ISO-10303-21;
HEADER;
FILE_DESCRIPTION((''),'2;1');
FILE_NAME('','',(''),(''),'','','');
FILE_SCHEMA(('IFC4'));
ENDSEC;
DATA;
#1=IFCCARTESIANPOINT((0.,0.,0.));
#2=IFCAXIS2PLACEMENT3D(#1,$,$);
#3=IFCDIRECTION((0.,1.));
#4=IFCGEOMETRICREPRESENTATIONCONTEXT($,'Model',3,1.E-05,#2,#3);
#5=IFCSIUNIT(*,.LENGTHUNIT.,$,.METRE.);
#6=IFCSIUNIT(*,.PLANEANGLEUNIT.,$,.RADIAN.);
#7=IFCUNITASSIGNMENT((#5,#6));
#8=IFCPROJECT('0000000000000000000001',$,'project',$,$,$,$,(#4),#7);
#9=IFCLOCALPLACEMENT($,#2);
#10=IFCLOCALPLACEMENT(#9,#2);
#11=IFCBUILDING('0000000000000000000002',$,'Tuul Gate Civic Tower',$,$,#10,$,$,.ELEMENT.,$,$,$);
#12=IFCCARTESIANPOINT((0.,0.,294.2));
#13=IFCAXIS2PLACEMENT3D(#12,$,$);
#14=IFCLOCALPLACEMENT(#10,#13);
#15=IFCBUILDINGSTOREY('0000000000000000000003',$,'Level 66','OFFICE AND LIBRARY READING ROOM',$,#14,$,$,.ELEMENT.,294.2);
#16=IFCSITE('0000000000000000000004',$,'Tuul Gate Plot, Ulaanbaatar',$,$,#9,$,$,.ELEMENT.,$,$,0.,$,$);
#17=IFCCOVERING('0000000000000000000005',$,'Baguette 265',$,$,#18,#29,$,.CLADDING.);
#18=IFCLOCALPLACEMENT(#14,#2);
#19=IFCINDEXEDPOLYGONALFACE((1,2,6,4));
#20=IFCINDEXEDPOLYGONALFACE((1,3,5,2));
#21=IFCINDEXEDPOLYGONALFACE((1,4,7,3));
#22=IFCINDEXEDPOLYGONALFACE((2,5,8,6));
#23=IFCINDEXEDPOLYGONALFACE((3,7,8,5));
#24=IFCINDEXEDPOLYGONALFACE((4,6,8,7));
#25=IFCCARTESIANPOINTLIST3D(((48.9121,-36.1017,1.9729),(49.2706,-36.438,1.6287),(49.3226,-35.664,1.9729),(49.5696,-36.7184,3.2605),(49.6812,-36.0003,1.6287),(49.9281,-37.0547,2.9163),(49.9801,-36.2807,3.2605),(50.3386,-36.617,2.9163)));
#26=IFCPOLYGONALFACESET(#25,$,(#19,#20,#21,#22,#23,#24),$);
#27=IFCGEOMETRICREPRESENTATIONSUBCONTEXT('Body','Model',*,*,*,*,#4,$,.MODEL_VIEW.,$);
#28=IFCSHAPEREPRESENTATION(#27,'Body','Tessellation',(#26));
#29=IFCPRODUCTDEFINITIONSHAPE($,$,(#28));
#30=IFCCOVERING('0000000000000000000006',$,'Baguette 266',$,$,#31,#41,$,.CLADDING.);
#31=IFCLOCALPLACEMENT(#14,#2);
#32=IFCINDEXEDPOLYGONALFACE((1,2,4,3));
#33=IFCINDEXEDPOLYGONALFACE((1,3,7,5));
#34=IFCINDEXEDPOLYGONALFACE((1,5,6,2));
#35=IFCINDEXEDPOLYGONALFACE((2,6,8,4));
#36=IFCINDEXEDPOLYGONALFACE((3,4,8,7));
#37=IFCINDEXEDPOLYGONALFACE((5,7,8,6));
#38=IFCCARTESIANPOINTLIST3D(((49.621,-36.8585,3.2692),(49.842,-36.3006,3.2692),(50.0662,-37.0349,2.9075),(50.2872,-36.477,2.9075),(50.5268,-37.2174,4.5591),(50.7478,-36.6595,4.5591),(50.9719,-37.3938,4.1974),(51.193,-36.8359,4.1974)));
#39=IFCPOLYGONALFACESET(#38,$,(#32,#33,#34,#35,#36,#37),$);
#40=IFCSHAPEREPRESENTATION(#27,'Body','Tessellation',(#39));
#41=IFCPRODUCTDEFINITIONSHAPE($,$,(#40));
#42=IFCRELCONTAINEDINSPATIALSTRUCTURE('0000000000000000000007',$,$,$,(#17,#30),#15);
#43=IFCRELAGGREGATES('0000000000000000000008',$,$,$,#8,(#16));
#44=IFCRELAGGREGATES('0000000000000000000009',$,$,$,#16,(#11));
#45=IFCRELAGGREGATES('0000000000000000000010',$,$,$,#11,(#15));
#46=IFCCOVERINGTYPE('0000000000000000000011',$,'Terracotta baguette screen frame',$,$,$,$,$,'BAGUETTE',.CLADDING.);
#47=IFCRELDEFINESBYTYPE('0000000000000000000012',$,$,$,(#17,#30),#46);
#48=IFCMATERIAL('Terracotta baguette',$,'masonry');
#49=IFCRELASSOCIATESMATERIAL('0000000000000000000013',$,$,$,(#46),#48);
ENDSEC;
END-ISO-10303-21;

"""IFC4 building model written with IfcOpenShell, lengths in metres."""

from ifc_helpers import new_model, si_unit, direction, frame, origin, origin_2d, place, context, subcontext, project, spatial, rectangle, extrude, material, material_profile, profile_set, type_object, element, save


model = new_model("IFC4")

# Units and contexts
model_context = context("Model", 3, precision=1e-05, world=origin(), true_north=direction((0.0, 1.0)))
body_context = subcontext(model_context, "Body", "Model", "MODEL_VIEW")
ifc_project = project(units=[si_unit("LENGTHUNIT", "METRE"), si_unit("PLANEANGLEUNIT", "RADIAN")], contexts=[model_context])

# Site, building, storey
site_placement = place(None, origin())
site = spatial("IfcSite", under=ifc_project, at=site_placement, Name="Tuul Gate Plot, Ulaanbaatar", CompositionType="ELEMENT", RefElevation=0.0)
building_placement = place(site_placement, origin())
building = spatial("IfcBuilding", under=site, at=building_placement, Name="Tuul Gate Civic Tower", CompositionType="ELEMENT")
storey_placement = place(building_placement, frame((0.0, 0.0, 294.2)))
storey = spatial("IfcBuildingStorey", under=building, at=storey_placement, Name="Level 66", Description="OFFICE AND LIBRARY READING ROOM", CompositionType="ELEMENT", Elevation=294.2)

# Coverings
ifc_material_1 = material(Name="Terracotta baguette", Category="masonry")
ifc_material_profile_1 = material_profile(ifc_material_1, rectangle(XDim=0.6001, YDim=0.6001, at=origin_2d()), Name="Terracotta baguette screen frame")
ifc_profile_set_1 = profile_set([ifc_material_profile_1], Name="Terracotta baguette")
covering_type = type_object("IfcCoveringType", Name="Terracotta baguette screen frame", ElementType="BAGUETTE", PredefinedType="CLADDING", material=ifc_profile_set_1)
covering_1_placement = place(storey_placement, frame((49.2966, -36.051, 1.8008), z_axis=(0.418297, -0.392357, 0.819197), x_axis=(0.68413, 0.72936, 0.0)))
element("IfcCovering", 1, at=covering_1_placement, inside=storey, type_object=covering_type, Name="Baguette 265", PredefinedType="CLADDING", context=body_context, shape_type="SweptSolid", body=[
    extrude(rectangle(XDim=0.6001, YDim=0.6001, at=origin_2d()), origin(), (0.0, 0.0, 1.0), 1.5718),
])
covering_2_placement = place(storey_placement, frame((49.9541, -36.6677, 3.0884), z_axis=(0.560355, -0.222027, 0.797939), x_axis=(0.368364, 0.929682, 0.0)))
element("IfcCovering", 2, at=covering_2_placement, inside=storey, type_object=covering_type, Name="Baguette 266", PredefinedType="CLADDING", context=body_context, shape_type="SweptSolid", body=[
    extrude(rectangle(XDim=0.6001, YDim=0.6001, at=origin_2d()), origin(), (0.0, 0.0, 1.0), 1.6165),
])

save(model, "model.ifc")
